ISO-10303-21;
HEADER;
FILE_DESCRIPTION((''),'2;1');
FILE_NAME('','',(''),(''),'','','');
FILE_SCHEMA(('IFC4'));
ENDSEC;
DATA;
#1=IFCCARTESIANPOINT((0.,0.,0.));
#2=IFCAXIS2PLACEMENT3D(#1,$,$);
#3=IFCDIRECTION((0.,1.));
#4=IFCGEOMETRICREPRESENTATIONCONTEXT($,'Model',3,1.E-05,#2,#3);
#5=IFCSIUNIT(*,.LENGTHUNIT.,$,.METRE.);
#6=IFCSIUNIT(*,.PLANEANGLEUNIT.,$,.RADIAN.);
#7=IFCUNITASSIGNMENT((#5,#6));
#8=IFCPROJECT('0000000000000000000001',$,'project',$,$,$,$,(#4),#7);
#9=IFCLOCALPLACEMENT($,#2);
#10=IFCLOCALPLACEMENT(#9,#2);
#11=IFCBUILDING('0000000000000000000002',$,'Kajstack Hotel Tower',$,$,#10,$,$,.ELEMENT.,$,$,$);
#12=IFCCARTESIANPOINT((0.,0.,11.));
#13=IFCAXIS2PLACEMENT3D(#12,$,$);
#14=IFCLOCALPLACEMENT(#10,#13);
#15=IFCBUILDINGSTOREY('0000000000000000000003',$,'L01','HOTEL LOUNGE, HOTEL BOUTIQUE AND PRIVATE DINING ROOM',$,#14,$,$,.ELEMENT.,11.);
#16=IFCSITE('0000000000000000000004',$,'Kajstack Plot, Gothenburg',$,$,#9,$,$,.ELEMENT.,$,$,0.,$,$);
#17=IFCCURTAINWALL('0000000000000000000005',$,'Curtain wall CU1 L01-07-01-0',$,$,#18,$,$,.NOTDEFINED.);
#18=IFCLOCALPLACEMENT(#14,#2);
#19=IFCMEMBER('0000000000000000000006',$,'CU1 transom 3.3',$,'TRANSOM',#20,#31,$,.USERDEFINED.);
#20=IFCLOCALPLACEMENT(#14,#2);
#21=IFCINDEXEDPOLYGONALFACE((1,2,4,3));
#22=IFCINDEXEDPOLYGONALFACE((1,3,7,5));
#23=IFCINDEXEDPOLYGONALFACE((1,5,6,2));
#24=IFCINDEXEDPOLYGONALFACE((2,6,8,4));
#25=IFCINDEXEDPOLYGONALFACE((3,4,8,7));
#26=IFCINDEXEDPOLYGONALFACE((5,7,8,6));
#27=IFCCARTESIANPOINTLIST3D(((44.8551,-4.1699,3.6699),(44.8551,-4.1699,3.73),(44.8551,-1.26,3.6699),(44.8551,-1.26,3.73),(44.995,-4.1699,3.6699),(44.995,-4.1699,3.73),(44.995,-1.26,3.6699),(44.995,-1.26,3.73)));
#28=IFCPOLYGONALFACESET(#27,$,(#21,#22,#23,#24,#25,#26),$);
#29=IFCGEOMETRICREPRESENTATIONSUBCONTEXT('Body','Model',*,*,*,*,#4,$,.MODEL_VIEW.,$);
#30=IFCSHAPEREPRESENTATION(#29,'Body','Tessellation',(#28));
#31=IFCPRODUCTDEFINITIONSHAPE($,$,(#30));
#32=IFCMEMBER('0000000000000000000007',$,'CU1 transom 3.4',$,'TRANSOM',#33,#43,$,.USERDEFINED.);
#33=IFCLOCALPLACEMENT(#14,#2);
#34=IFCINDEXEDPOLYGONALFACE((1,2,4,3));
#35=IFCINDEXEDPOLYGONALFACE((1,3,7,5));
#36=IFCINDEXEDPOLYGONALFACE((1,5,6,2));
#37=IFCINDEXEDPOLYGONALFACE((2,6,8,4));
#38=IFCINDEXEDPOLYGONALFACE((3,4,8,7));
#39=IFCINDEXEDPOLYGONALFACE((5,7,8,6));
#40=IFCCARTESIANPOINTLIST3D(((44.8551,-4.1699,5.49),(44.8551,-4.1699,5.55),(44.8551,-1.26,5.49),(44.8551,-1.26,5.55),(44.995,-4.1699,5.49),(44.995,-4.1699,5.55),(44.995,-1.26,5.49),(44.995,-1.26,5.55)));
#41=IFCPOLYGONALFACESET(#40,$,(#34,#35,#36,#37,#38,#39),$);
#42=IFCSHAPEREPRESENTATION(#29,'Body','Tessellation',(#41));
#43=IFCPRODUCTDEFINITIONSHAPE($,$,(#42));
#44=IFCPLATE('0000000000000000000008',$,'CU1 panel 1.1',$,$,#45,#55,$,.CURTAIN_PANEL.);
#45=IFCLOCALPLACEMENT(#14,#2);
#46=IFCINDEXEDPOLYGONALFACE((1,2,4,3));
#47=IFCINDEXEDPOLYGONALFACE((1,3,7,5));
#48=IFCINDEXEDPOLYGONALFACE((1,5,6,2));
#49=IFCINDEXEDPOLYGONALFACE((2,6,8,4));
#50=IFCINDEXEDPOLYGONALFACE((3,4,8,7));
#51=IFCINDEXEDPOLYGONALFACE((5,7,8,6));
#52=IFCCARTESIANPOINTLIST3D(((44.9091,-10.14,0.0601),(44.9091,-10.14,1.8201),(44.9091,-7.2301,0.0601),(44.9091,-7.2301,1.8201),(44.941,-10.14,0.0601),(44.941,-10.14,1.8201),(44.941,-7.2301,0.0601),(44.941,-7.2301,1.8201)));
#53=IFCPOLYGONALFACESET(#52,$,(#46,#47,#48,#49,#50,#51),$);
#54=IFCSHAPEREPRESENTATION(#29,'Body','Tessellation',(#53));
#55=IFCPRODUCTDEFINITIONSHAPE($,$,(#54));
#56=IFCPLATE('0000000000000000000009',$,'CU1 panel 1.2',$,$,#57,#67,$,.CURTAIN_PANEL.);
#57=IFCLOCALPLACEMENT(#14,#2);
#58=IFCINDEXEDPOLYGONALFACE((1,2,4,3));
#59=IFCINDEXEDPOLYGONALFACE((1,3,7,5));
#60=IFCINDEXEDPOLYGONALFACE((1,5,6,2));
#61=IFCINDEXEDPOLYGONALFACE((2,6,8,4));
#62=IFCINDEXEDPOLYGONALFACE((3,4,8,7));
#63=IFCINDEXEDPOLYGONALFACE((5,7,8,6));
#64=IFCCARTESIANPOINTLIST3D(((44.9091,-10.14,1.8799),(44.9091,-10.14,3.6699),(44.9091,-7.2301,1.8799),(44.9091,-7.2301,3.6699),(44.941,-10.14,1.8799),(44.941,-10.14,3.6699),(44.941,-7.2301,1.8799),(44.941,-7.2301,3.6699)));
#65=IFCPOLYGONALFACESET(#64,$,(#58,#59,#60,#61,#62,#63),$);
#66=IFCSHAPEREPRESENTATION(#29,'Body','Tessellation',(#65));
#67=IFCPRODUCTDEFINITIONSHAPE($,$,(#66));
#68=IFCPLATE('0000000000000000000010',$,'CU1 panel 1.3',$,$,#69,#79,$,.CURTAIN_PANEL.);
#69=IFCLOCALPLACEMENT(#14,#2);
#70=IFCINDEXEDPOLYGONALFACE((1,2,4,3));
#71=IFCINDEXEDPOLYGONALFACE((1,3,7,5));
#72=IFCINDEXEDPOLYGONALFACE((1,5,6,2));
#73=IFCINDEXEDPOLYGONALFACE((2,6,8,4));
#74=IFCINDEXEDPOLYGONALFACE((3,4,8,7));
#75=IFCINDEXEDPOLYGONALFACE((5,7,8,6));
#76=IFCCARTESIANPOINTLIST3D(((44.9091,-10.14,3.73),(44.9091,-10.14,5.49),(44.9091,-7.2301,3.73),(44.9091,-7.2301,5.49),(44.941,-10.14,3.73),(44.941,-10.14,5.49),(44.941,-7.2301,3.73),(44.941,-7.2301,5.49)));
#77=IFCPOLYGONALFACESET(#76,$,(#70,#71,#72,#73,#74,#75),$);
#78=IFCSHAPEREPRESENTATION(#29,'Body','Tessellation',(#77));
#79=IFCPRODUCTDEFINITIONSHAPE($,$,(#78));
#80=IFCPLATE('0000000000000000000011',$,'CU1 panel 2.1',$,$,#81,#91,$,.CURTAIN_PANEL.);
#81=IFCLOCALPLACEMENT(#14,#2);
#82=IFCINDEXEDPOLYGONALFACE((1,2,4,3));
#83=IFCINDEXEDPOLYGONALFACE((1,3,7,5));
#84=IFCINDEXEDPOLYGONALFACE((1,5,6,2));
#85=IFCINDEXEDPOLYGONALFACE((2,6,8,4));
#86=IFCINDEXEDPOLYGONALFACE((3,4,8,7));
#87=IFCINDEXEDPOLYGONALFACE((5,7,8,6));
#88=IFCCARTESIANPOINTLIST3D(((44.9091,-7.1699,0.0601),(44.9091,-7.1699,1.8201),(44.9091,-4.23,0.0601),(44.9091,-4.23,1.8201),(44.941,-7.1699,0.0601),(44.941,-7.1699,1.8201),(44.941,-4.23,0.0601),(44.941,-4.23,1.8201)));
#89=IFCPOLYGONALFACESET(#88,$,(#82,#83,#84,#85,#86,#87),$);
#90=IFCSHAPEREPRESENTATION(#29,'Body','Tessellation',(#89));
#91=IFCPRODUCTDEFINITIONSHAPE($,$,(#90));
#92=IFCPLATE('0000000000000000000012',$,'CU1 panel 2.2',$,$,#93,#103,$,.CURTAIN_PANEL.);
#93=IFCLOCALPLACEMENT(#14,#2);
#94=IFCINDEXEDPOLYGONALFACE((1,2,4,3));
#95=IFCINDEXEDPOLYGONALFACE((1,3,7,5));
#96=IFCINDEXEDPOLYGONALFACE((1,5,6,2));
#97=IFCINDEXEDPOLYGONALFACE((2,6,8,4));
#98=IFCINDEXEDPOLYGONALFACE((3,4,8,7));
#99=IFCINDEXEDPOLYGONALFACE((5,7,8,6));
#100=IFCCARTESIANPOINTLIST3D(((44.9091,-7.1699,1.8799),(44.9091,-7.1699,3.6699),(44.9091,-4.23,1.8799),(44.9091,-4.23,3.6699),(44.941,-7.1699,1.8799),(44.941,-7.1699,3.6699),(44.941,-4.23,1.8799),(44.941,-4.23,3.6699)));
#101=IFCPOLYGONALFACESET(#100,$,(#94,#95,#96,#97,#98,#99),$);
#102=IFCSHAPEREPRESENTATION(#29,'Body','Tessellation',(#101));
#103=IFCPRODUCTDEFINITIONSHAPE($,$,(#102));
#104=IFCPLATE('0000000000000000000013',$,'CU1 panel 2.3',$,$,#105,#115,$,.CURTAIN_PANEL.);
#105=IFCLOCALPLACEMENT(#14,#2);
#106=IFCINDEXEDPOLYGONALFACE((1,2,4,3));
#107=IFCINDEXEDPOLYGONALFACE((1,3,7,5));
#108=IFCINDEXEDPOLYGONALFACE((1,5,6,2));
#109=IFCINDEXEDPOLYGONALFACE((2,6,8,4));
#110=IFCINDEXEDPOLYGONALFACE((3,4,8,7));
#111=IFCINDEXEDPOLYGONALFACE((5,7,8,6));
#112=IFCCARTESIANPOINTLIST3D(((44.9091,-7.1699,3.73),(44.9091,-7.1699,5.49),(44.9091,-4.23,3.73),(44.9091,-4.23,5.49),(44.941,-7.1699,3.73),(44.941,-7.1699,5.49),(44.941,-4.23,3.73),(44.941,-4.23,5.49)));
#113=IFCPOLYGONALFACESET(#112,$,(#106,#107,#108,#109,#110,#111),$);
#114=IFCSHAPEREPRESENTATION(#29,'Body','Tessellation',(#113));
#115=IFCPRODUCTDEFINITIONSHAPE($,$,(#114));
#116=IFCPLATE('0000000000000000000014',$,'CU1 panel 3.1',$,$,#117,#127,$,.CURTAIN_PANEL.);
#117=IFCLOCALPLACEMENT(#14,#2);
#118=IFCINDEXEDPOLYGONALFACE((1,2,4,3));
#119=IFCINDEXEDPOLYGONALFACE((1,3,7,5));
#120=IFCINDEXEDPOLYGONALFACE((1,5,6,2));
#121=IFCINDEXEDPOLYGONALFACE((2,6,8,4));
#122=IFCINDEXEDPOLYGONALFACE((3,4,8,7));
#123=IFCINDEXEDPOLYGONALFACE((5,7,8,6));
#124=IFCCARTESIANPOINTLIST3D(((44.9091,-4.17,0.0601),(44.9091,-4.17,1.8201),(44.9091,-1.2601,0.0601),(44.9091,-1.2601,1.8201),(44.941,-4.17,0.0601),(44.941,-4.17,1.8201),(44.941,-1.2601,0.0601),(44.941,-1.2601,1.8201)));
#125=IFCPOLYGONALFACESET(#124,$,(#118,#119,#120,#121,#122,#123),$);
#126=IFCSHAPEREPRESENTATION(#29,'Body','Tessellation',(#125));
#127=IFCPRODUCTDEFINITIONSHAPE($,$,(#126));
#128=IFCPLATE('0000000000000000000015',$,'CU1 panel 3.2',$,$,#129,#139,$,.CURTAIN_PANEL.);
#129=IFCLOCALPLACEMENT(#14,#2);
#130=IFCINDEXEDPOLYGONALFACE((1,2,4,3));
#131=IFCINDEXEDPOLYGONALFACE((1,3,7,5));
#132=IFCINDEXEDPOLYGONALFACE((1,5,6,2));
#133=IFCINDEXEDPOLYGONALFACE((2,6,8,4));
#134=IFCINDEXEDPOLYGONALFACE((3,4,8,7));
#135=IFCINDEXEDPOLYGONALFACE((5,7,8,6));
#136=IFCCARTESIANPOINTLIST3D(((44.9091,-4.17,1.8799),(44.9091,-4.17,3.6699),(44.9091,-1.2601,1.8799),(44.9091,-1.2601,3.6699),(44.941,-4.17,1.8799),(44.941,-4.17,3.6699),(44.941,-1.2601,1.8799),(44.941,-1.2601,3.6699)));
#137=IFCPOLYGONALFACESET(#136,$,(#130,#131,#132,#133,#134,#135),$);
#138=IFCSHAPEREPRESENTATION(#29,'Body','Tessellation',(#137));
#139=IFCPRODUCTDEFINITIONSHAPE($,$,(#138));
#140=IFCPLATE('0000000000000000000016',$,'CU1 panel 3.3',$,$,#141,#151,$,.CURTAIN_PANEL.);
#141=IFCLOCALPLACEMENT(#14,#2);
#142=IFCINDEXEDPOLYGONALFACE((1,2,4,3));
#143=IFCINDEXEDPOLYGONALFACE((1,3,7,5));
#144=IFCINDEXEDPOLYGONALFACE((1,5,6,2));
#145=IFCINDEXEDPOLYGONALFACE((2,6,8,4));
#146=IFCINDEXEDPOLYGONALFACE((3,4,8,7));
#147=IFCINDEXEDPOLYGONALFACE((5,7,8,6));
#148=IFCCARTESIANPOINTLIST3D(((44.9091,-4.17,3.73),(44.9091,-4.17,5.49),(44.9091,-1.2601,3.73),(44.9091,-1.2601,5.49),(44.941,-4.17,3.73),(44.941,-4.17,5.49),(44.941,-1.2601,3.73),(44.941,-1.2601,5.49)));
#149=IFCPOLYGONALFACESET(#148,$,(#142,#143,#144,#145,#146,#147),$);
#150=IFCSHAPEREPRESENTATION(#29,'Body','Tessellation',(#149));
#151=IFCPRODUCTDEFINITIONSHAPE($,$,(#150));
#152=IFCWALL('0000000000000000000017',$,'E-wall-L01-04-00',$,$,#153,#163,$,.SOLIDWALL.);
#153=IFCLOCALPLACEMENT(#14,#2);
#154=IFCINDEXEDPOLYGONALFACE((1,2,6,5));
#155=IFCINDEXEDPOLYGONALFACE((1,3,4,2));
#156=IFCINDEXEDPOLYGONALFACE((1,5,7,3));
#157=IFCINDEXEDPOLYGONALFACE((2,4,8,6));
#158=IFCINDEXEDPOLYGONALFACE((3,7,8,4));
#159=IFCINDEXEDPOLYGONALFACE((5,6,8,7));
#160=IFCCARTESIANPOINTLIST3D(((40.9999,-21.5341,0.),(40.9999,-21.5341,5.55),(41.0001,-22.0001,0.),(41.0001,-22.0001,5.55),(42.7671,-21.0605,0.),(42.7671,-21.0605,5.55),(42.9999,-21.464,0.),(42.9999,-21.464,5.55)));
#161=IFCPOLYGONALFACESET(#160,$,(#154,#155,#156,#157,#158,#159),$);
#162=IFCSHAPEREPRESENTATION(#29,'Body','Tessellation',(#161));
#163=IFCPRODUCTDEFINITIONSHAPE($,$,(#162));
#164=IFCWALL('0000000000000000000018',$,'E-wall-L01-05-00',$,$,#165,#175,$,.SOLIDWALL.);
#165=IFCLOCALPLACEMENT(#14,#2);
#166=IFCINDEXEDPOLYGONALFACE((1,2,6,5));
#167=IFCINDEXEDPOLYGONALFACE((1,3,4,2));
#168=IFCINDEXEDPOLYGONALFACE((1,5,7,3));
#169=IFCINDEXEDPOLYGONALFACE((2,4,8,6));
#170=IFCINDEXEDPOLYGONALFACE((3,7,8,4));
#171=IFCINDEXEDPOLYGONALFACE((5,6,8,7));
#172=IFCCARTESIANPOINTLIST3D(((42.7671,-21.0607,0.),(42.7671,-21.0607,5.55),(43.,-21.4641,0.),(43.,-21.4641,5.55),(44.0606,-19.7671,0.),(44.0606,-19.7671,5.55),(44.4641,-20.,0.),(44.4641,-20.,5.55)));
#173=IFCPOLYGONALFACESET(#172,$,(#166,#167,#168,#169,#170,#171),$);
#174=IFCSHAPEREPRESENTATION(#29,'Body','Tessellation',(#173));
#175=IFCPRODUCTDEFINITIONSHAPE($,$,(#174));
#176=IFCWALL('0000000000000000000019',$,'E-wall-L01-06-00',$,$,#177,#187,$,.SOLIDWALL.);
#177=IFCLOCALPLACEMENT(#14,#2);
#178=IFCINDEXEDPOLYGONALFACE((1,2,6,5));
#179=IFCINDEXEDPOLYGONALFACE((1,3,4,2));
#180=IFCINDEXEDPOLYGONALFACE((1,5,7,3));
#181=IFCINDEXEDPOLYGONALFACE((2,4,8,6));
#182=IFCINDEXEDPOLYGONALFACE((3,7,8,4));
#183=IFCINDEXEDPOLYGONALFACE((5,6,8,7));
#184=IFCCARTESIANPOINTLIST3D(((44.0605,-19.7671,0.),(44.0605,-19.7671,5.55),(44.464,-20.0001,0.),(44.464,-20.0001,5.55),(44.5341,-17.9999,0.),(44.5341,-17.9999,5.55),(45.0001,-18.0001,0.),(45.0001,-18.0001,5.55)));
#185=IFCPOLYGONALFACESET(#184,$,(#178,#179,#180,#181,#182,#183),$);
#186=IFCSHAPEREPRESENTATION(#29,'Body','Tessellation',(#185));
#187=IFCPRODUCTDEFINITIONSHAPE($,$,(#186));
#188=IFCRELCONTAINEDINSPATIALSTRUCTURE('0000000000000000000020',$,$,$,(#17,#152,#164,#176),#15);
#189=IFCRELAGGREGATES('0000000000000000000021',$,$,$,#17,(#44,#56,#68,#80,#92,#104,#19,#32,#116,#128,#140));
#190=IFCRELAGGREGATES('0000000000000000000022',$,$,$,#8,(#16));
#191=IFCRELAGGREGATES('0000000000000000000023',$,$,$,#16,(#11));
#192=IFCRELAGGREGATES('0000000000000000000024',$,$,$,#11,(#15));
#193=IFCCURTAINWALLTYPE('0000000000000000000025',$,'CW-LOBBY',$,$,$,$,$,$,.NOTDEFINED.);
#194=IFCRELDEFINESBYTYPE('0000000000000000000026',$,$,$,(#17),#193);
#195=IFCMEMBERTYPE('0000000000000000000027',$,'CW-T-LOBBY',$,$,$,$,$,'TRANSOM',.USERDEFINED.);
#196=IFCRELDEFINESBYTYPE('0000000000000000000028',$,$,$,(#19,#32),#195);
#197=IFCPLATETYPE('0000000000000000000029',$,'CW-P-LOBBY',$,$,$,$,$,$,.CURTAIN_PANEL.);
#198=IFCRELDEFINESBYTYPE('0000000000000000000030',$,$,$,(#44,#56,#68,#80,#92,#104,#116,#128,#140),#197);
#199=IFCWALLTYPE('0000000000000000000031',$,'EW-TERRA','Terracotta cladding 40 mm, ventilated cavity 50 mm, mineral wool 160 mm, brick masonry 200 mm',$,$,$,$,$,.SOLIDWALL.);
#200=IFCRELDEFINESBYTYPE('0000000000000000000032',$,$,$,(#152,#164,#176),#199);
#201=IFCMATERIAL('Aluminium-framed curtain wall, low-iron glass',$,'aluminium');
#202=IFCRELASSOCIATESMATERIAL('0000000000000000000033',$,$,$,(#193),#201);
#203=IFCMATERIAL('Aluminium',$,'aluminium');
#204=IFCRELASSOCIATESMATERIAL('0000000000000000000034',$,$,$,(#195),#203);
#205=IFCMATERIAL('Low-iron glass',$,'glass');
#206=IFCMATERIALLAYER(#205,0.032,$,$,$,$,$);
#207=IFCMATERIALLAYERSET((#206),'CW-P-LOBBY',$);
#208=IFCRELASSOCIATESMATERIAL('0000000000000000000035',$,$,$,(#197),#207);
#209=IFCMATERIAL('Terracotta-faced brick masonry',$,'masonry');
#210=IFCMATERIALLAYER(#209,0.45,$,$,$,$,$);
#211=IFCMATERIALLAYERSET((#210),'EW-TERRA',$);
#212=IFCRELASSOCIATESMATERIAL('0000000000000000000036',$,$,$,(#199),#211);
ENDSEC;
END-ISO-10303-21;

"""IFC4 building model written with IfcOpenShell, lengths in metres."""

from ifc_helpers import new_model, si_unit, direction, frame, origin, origin_2d, place, context, subcontext, project, spatial, polyline, rectangle, outline, extrude, material, layer, layer_set, material_profile, profile_set, type_object, element, aggregate, save


model = new_model("IFC4")

# Units and contexts
model_context = context("Model", 3, precision=1e-05, world=origin(), true_north=direction((0.0, 1.0)))
body_context = subcontext(model_context, "Body", "Model", "MODEL_VIEW")
ifc_project = project(units=[si_unit("LENGTHUNIT", "METRE"), si_unit("PLANEANGLEUNIT", "RADIAN")], contexts=[model_context])

# Site, building, storey
site_placement = place(None, origin())
site = spatial("IfcSite", under=ifc_project, at=site_placement, Name="Kajstack Plot, Gothenburg", CompositionType="ELEMENT", RefElevation=0.0)
building_placement = place(site_placement, origin())
building = spatial("IfcBuilding", under=site, at=building_placement, Name="Kajstack Hotel Tower", CompositionType="ELEMENT")
storey_placement = place(building_placement, frame((0.0, 0.0, 11.0)))
storey = spatial("IfcBuildingStorey", under=building, at=storey_placement, Name="L01", Description="HOTEL LOUNGE, HOTEL BOUTIQUE AND PRIVATE DINING ROOM", CompositionType="ELEMENT", Elevation=11.0)

# Curtain wall, members, plates
ifc_material_1 = material(Name="Aluminium-framed curtain wall, low-iron glass", Category="aluminium")
curtain_wall_type = type_object("IfcCurtainWallType", Name="CW-LOBBY", PredefinedType="NOTDEFINED", material=ifc_material_1)
curtain_wall_placement = place(storey_placement, origin())
curtain_wall = element("IfcCurtainWall", 1, at=curtain_wall_placement, inside=storey, type_object=curtain_wall_type, Name="Curtain wall CU1 L01-07-01-0", PredefinedType="NOTDEFINED")
ifc_material_2 = material(Name="Aluminium", Category="aluminium")
ifc_material_profile_1 = material_profile(ifc_material_2, rectangle(XDim=0.1399, YDim=0.0601, at=origin_2d()), Name="Aluminium transom 140 x 60")
ifc_profile_set_1 = profile_set([ifc_material_profile_1], Name="Aluminium")
member_type_1 = type_object("IfcMemberType", Name="CW-T-LOBBY", ElementType="TRANSOM", PredefinedType="USERDEFINED", material=ifc_profile_set_1)
member_1_placement = place(storey_placement, frame((44.925, -4.1699, 3.7), z_axis=(0.0, 1.0, 0.0), x_axis=(-1.0, 0.0, 0.0)))
member_1 = element("IfcMember", 2, at=member_1_placement, type_object=member_type_1, Name="CU1 transom 3.3", ObjectType="TRANSOM", PredefinedType="USERDEFINED", context=body_context, shape_type="SweptSolid", body=[
    extrude(rectangle(XDim=0.1399, YDim=0.0601, at=origin_2d()), origin(), (0.0, 0.0, 1.0), 2.9099),
])
member_2_placement = place(storey_placement, frame((44.925, -4.1699, 5.52), z_axis=(0.0, 1.0, 0.0), x_axis=(-1.0, 0.0, 0.0)))
member_2 = element("IfcMember", 3, at=member_2_placement, type_object=member_type_1, Name="CU1 transom 3.4", ObjectType="TRANSOM", PredefinedType="USERDEFINED", context=body_context, shape_type="SweptSolid", body=[
    extrude(rectangle(XDim=0.1399, YDim=0.0601, at=origin_2d()), origin(), (0.0, 0.0, 1.0), 2.9099),
])
ifc_material_3 = material(Name="Low-iron glass", Category="glass")
ifc_layer_1 = layer(ifc_material_3, 0.032)
ifc_layer_set_1 = layer_set([ifc_layer_1], Name="CW-P-LOBBY")
plate_type = type_object("IfcPlateType", Name="CW-P-LOBBY", PredefinedType="CURTAIN_PANEL", material=ifc_layer_set_1)
plate_1_placement = place(storey_placement, frame((44.925, -8.6851, 0.0601), z_axis=(0.0, 0.0, 1.0), x_axis=(0.0, 1.0, 0.0)))
plate_1 = element("IfcPlate", 4, at=plate_1_placement, type_object=plate_type, Name="CU1 panel 1.1", PredefinedType="CURTAIN_PANEL", context=body_context, shape_type="SweptSolid", body=[
    extrude(rectangle(XDim=2.9099, YDim=0.032, at=origin_2d()), origin(), (0.0, 0.0, 1.0), 1.76),
])
plate_2_placement = place(storey_placement, frame((44.925, -8.6851, 1.8799), z_axis=(0.0, 0.0, 1.0), x_axis=(0.0, 1.0, 0.0)))
plate_2 = element("IfcPlate", 5, at=plate_2_placement, type_object=plate_type, Name="CU1 panel 1.2", PredefinedType="CURTAIN_PANEL", context=body_context, shape_type="SweptSolid", body=[
    extrude(rectangle(XDim=2.9099, YDim=0.032, at=origin_2d()), origin(), (0.0, 0.0, 1.0), 1.79),
])
plate_3_placement = place(storey_placement, frame((44.925, -8.6851, 3.73), z_axis=(0.0, 0.0, 1.0), x_axis=(0.0, 1.0, 0.0)))
plate_3 = element("IfcPlate", 6, at=plate_3_placement, type_object=plate_type, Name="CU1 panel 1.3", PredefinedType="CURTAIN_PANEL", context=body_context, shape_type="SweptSolid", body=[
    extrude(rectangle(XDim=2.9099, YDim=0.032, at=origin_2d()), origin(), (0.0, 0.0, 1.0), 1.76),
])
plate_4_placement = place(storey_placement, frame((44.925, -5.7, 0.0601), z_axis=(0.0, 0.0, 1.0), x_axis=(0.0, 1.0, 0.0)))
plate_4 = element("IfcPlate", 7, at=plate_4_placement, type_object=plate_type, Name="CU1 panel 2.1", PredefinedType="CURTAIN_PANEL", context=body_context, shape_type="SweptSolid", body=[
    extrude(rectangle(XDim=2.9399, YDim=0.032, at=origin_2d()), origin(), (0.0, 0.0, 1.0), 1.76),
])
plate_5_placement = place(storey_placement, frame((44.925, -5.7, 1.8799), z_axis=(0.0, 0.0, 1.0), x_axis=(0.0, 1.0, 0.0)))
plate_5 = element("IfcPlate", 8, at=plate_5_placement, type_object=plate_type, Name="CU1 panel 2.2", PredefinedType="CURTAIN_PANEL", context=body_context, shape_type="SweptSolid", body=[
    extrude(rectangle(XDim=2.9399, YDim=0.032, at=origin_2d()), origin(), (0.0, 0.0, 1.0), 1.79),
])
plate_6_placement = place(storey_placement, frame((44.925, -5.7, 3.73), z_axis=(0.0, 0.0, 1.0), x_axis=(0.0, 1.0, 0.0)))
plate_6 = element("IfcPlate", 9, at=plate_6_placement, type_object=plate_type, Name="CU1 panel 2.3", PredefinedType="CURTAIN_PANEL", context=body_context, shape_type="SweptSolid", body=[
    extrude(rectangle(XDim=2.9399, YDim=0.032, at=origin_2d()), origin(), (0.0, 0.0, 1.0), 1.76),
])
plate_7_placement = place(storey_placement, frame((44.925, -2.7151, 0.0601), z_axis=(0.0, 0.0, 1.0), x_axis=(0.0, 1.0, 0.0)))
plate_7 = element("IfcPlate", 10, at=plate_7_placement, type_object=plate_type, Name="CU1 panel 3.1", PredefinedType="CURTAIN_PANEL", context=body_context, shape_type="SweptSolid", body=[
    extrude(rectangle(XDim=2.9099, YDim=0.032, at=origin_2d()), origin(), (0.0, 0.0, 1.0), 1.76),
])
plate_8_placement = place(storey_placement, frame((44.925, -2.7151, 1.8799), z_axis=(0.0, 0.0, 1.0), x_axis=(0.0, 1.0, 0.0)))
plate_8 = element("IfcPlate", 11, at=plate_8_placement, type_object=plate_type, Name="CU1 panel 3.2", PredefinedType="CURTAIN_PANEL", context=body_context, shape_type="SweptSolid", body=[
    extrude(rectangle(XDim=2.9099, YDim=0.032, at=origin_2d()), origin(), (0.0, 0.0, 1.0), 1.79),
])
plate_9_placement = place(storey_placement, frame((44.925, -2.7151, 3.73), z_axis=(0.0, 0.0, 1.0), x_axis=(0.0, 1.0, 0.0)))
plate_9 = element("IfcPlate", 12, at=plate_9_placement, type_object=plate_type, Name="CU1 panel 3.3", PredefinedType="CURTAIN_PANEL", context=body_context, shape_type="SweptSolid", body=[
    extrude(rectangle(XDim=2.9099, YDim=0.032, at=origin_2d()), origin(), (0.0, 0.0, 1.0), 1.76),
])
aggregate(curtain_wall, [plate_1, plate_2, plate_3, plate_4, plate_5, plate_6, member_1, member_2, plate_7, plate_8, plate_9])

# Walls
ifc_material_4 = material(Name="Terracotta-faced brick masonry", Category="masonry")
ifc_layer_2 = layer(ifc_material_4, 0.45)
ifc_layer_set_2 = layer_set([ifc_layer_2], Name="EW-TERRA")
wall_type_1 = type_object("IfcWallType", Name="EW-TERRA", Description="Terracotta cladding 40 mm, ventilated cavity 50 mm, mineral wool 160 mm, brick masonry 200 mm", PredefinedType="SOLIDWALL", material=ifc_layer_set_2)
wall_1_placement = place(storey_placement, frame((40.9417, -21.7827, 0.0), z_axis=(0.0, 0.0, 1.0), x_axis=(0.965927, 0.258815, 0.0)))
element("IfcWall", 13, at=wall_1_placement, inside=storey, type_object=wall_type_1, Name="E-wall-L01-04-00", PredefinedType="SOLIDWALL", context=body_context, shape_type="SweptSolid", body=[
    extrude(outline(polyline([(0.0002, -0.2251), (2.0706, -0.2249), (1.9502, 0.2251), (0.1206, 0.2251), (0.0002, -0.2251)])), origin(), (0.0, 0.0, 1.0), 5.55),
])
wall_2_placement = place(storey_placement, frame((42.8408, -21.3049, 0.0), z_axis=(0.0, 0.0, 1.0), x_axis=(0.707107, 0.707107, 0.0)))
element("IfcWall", 14, at=wall_2_placement, inside=storey, type_object=wall_type_1, Name="E-wall-L01-05-00", PredefinedType="SOLIDWALL", context=body_context, shape_type="SweptSolid", body=[
    extrude(outline(polyline([(0.0, -0.2251), (2.0706, -0.2251), (1.95, 0.2249), (0.1206, 0.2249), (0.0, -0.2251)])), origin(), (0.0, 0.0, 1.0), 5.55),
])
wall_3_placement = place(storey_placement, frame((44.2468, -19.9417, 0.0), z_axis=(0.0, 0.0, 1.0), x_axis=(0.258815, 0.965927, 0.0)))
element("IfcWall", 15, at=wall_3_placement, inside=storey, type_object=wall_type_1, Name="E-wall-L01-06-00", PredefinedType="SOLIDWALL", context=body_context, shape_type="SweptSolid", body=[
    extrude(outline(polyline([(-0.0002, -0.2249), (2.0703, -0.2251), (1.95, 0.2251), (0.1204, 0.2251), (-0.0002, -0.2249)])), origin(), (0.0, 0.0, 1.0), 5.55),
])

save(model, "model.ifc")
